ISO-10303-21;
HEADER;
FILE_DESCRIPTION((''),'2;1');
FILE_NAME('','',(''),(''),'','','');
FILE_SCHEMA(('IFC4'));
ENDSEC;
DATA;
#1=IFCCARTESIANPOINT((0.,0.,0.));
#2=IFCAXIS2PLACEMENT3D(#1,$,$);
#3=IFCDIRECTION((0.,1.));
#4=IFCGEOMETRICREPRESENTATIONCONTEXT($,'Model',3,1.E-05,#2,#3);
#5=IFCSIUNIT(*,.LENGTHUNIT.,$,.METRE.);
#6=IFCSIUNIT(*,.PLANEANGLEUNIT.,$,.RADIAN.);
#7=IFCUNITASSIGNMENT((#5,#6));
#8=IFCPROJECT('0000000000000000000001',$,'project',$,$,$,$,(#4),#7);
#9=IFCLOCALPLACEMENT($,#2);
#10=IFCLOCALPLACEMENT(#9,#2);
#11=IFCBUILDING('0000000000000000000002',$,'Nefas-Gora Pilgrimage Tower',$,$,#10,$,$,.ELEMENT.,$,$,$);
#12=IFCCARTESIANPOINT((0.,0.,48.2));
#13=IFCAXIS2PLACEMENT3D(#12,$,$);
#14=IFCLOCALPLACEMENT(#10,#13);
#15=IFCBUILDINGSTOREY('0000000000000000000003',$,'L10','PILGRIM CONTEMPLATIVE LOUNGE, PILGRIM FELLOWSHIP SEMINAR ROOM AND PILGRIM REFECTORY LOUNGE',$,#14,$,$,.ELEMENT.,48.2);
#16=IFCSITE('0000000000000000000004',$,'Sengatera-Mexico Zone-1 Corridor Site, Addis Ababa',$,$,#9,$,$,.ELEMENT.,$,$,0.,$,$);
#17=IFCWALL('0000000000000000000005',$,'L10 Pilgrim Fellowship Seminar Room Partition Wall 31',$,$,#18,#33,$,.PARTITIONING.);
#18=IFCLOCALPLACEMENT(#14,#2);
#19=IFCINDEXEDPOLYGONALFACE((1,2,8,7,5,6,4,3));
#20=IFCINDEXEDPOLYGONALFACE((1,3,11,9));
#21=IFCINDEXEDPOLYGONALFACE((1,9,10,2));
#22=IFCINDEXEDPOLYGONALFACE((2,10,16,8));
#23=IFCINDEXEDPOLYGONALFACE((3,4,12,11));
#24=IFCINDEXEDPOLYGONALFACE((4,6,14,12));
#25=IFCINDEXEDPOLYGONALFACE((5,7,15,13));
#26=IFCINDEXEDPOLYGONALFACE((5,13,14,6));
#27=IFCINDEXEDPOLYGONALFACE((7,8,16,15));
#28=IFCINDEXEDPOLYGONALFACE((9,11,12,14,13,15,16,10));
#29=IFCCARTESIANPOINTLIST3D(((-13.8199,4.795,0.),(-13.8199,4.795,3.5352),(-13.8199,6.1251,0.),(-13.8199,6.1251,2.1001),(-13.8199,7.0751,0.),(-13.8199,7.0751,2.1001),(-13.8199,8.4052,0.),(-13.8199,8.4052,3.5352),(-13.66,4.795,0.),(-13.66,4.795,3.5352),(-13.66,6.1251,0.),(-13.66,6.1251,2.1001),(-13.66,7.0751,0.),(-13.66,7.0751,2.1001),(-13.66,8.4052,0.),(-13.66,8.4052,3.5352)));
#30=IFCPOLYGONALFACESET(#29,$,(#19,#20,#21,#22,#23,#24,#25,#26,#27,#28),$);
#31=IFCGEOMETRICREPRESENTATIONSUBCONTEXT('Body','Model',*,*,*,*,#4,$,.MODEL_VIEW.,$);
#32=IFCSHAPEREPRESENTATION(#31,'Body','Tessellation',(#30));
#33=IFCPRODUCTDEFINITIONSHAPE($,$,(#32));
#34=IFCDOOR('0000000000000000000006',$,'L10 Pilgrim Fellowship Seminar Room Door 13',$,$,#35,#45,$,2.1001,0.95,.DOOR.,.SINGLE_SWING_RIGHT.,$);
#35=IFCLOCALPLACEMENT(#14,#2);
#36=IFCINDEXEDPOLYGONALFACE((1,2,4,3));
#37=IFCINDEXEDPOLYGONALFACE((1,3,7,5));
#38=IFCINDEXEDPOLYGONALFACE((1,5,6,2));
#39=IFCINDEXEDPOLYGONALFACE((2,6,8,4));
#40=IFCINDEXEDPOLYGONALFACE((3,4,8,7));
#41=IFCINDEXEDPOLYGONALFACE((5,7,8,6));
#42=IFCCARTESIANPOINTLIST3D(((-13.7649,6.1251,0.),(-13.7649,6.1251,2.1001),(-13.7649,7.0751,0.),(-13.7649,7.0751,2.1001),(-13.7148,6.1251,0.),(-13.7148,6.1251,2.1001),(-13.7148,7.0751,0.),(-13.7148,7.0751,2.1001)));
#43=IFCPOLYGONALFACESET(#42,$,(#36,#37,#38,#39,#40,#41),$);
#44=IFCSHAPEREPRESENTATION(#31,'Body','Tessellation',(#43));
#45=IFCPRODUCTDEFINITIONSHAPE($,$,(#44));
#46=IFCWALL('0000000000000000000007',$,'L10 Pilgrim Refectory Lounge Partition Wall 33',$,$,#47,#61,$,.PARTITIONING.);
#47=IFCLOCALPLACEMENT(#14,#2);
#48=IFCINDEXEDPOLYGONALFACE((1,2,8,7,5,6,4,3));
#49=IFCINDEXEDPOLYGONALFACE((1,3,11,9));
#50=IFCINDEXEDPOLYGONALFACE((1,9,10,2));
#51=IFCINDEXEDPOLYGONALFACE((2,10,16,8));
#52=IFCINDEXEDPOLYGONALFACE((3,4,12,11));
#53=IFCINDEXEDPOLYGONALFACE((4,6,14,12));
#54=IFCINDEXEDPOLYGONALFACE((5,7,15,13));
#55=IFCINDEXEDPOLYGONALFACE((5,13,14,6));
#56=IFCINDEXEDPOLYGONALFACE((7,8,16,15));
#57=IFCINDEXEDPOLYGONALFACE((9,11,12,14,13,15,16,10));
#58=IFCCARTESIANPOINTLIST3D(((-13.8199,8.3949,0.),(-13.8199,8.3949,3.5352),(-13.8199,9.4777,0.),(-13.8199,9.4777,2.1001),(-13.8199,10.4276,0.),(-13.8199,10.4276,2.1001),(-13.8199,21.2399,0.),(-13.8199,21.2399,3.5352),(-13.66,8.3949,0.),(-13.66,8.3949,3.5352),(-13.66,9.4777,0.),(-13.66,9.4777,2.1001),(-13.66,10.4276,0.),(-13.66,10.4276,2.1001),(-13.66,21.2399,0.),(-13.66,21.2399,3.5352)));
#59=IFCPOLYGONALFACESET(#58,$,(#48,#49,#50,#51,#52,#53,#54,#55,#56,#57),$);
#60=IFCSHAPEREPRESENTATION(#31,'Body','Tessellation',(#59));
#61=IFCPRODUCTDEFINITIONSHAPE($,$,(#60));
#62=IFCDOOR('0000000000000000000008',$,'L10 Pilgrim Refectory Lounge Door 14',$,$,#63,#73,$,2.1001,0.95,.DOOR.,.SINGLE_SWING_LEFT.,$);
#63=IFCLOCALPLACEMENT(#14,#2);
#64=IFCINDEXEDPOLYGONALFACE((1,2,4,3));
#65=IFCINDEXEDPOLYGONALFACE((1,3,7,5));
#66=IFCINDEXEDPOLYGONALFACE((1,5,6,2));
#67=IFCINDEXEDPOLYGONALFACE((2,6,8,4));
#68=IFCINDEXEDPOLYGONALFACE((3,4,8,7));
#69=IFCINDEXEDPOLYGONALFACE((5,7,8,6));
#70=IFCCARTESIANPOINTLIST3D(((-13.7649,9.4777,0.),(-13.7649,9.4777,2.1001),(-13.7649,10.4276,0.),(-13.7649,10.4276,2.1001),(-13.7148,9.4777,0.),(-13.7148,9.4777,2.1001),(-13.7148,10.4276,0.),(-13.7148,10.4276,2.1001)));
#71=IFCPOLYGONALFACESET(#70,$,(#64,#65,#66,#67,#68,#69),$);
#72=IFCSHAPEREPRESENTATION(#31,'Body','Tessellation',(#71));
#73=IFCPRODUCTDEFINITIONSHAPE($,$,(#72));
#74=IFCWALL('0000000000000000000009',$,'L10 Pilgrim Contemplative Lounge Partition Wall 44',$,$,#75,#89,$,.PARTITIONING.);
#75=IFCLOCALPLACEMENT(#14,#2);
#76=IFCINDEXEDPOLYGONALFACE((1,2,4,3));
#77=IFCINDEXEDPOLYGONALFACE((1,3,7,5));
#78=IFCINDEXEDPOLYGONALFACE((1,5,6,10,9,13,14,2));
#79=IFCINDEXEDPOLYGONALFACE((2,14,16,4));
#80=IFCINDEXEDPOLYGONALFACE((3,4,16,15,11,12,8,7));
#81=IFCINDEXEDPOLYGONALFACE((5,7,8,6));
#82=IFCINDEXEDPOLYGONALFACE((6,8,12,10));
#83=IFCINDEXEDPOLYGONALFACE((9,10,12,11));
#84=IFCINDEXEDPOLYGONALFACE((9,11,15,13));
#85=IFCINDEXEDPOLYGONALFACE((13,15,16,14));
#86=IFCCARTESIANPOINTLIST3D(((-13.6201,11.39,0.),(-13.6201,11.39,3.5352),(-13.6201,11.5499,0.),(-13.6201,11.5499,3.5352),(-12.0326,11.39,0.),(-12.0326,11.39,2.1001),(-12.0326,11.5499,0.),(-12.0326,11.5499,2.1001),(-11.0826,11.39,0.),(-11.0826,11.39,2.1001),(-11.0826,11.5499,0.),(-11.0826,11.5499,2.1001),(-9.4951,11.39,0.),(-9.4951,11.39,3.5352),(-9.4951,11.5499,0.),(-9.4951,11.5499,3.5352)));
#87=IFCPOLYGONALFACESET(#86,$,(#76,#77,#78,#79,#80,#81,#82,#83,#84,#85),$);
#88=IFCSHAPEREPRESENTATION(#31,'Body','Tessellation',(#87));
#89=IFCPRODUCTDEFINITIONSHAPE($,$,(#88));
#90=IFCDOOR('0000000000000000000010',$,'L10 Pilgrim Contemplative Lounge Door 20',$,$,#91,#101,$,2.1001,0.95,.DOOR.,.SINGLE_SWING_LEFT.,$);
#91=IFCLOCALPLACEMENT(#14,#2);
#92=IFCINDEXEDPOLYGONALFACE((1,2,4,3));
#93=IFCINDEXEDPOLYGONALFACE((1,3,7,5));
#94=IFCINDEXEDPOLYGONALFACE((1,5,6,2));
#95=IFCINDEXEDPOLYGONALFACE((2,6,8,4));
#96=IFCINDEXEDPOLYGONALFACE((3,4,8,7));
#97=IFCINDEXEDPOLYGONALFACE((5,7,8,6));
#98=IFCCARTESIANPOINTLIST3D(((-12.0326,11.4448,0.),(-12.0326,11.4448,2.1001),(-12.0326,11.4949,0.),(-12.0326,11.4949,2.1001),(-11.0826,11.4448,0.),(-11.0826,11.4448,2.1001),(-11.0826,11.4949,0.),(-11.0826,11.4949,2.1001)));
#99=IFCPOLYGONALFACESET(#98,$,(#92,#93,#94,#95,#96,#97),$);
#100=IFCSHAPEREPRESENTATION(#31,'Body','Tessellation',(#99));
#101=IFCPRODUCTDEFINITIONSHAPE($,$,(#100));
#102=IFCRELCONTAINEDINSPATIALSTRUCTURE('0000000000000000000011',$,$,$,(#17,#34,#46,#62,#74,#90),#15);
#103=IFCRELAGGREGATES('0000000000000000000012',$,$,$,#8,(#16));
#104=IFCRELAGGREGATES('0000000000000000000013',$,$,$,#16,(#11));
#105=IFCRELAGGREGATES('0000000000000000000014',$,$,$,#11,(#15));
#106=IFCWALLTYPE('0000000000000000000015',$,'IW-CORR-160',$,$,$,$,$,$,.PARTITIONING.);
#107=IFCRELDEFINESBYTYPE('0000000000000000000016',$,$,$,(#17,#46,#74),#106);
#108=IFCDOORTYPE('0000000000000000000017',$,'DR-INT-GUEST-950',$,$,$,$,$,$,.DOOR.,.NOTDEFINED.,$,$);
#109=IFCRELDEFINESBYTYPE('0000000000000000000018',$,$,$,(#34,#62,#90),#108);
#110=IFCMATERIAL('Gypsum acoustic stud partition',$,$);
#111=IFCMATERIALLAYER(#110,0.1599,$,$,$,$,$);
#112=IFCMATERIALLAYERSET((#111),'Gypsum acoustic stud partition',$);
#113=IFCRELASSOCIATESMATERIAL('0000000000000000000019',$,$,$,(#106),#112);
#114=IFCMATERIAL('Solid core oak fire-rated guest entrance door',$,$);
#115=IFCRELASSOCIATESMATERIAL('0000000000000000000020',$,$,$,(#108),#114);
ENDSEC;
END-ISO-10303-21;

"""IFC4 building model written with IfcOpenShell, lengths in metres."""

from ifc_helpers import new_model, si_unit, direction, frame, frame_2d, origin, place, context, subcontext, project, spatial, rectangle, extrude, source, transform, mapped, material, layer, layer_set, type_object, element, fill, save


model = new_model("IFC4")

# Units and contexts
model_context = context("Model", 3, precision=1e-05, world=origin(), true_north=direction((0.0, 1.0)))
body_context = subcontext(model_context, "Body", "Model", "MODEL_VIEW")
ifc_project = project(units=[si_unit("LENGTHUNIT", "METRE"), si_unit("PLANEANGLEUNIT", "RADIAN")], contexts=[model_context])

# Site, building, storey
site_placement = place(None, origin())
site = spatial("IfcSite", under=ifc_project, at=site_placement, Name="Sengatera-Mexico Zone-1 Corridor Site, Addis Ababa", CompositionType="ELEMENT", RefElevation=0.0)
building_placement = place(site_placement, origin())
building = spatial("IfcBuilding", under=site, at=building_placement, Name="Nefas-Gora Pilgrimage Tower", CompositionType="ELEMENT")
storey_placement = place(building_placement, frame((0.0, 0.0, 48.2)))
storey = spatial("IfcBuildingStorey", under=building, at=storey_placement, Name="L10", Description="PILGRIM CONTEMPLATIVE LOUNGE, PILGRIM FELLOWSHIP SEMINAR ROOM AND PILGRIM REFECTORY LOUNGE", CompositionType="ELEMENT", Elevation=48.2)

# Walls, openings, doors
ifc_material_1 = material(Name="Gypsum acoustic stud partition")
ifc_layer_1 = layer(ifc_material_1, 0.1599)
ifc_layer_set_1 = layer_set([ifc_layer_1], Name="Gypsum acoustic stud partition")
wall_type_1 = type_object("IfcWallType", Name="IW-CORR-160", PredefinedType="PARTITIONING", material=ifc_layer_set_1)
shared_shape_1 = source(origin(), body_context, "Body", "SweptSolid", [
    extrude(rectangle(XDim=3.6101, YDim=0.1599, at=frame_2d((1.8052, 0.0))), origin(), (0.0, 0.0, 1.0), 3.5352),
])
wall_1_placement = place(storey_placement, frame((-13.74, 4.7949, 0.0), z_axis=(0.0, 0.0, 1.0), x_axis=(0.0, 1.0, 0.0)))
wall_1 = element("IfcWall", 1, at=wall_1_placement, inside=storey, type_object=wall_type_1, Name="L10 Pilgrim Fellowship Seminar Room Partition Wall 31", PredefinedType="PARTITIONING", context=body_context, shape_type="MappedRepresentation", body=[
    mapped(shared_shape_1, transform((0.0, 0.0, 0.0), x_axis=(1.0, 0.0, 0.0), y_axis=(0.0, 1.0, 0.0), z_axis=(0.0, 0.0, 1.0), scale=1.0)),
])
opening_1_placement = place(wall_1_placement, frame((1.3301, 0.0, 0.0)))
opening_1 = element("IfcOpeningElement", 2, at=opening_1_placement, cuts=wall_1, PredefinedType="OPENING", context=body_context, shape_type="SweptSolid", body=[
    extrude(rectangle(XDim=0.95, YDim=2.1001, at=frame_2d((0.4751, 1.05))), frame((0.0, 0.0898, 0.0), z_axis=(0.0, -1.0, 0.0), x_axis=(1.0, 0.0, 0.0)), (0.0, 0.0, 1.0), 0.1799),
])
ifc_material_2 = material(Name="Solid core oak fire-rated guest entrance door")
door_type = type_object("IfcDoorType", Name="DR-INT-GUEST-950", OperationType="NOTDEFINED", PredefinedType="DOOR", material=ifc_material_2)
shared_shape_2 = source(origin(), body_context, "Body", "SweptSolid", [
    extrude(rectangle(XDim=0.95, YDim=2.1001, at=frame_2d((0.4751, 1.05))), frame((0.0, 0.0249, 0.0), z_axis=(0.0, -1.0, 0.0), x_axis=(1.0, 0.0, 0.0)), (0.0, 0.0, 1.0), 0.05),
])
door_1_placement = place(opening_1_placement, origin())
door_1 = element("IfcDoor", 3, at=door_1_placement, inside=storey, type_object=door_type, Name="L10 Pilgrim Fellowship Seminar Room Door 13", OperationType="SINGLE_SWING_RIGHT", OverallHeight=2.1001, OverallWidth=0.95, PredefinedType="DOOR", context=body_context, shape_type="MappedRepresentation", body=[
    mapped(shared_shape_2, transform((0.0, 0.0, 0.0), x_axis=(1.0, 0.0, 0.0), y_axis=(0.0, 1.0, 0.0), z_axis=(0.0, 0.0, 1.0), scale=1.0)),
])
fill(opening_1, door_1)
shared_shape_3 = source(origin(), body_context, "Body", "SweptSolid", [
    extrude(rectangle(XDim=12.845, YDim=0.1599, at=frame_2d((6.4224, 0.0))), origin(), (0.0, 0.0, 1.0), 3.5352),
])
wall_2_placement = place(storey_placement, frame((-13.74, 8.395, 0.0), z_axis=(0.0, 0.0, 1.0), x_axis=(0.0, 1.0, 0.0)))
wall_2 = element("IfcWall", 4, at=wall_2_placement, inside=storey, type_object=wall_type_1, Name="L10 Pilgrim Refectory Lounge Partition Wall 33", PredefinedType="PARTITIONING", context=body_context, shape_type="MappedRepresentation", body=[
    mapped(shared_shape_3, transform((0.0, 0.0, 0.0), x_axis=(1.0, 0.0, 0.0), y_axis=(0.0, 1.0, 0.0), z_axis=(0.0, 0.0, 1.0), scale=1.0)),
])
opening_2_placement = place(wall_2_placement, frame((1.0825, 0.0, 0.0)))
opening_2 = element("IfcOpeningElement", 5, at=opening_2_placement, cuts=wall_2, PredefinedType="OPENING", context=body_context, shape_type="SweptSolid", body=[
    extrude(rectangle(XDim=0.95, YDim=2.1001, at=frame_2d((0.4751, 1.05))), frame((0.0, 0.0898, 0.0), z_axis=(0.0, -1.0, 0.0), x_axis=(1.0, 0.0, 0.0)), (0.0, 0.0, 1.0), 0.1799),
])
door_2_placement = place(opening_2_placement, origin())
door_2 = element("IfcDoor", 6, at=door_2_placement, inside=storey, type_object=door_type, Name="L10 Pilgrim Refectory Lounge Door 14", OperationType="SINGLE_SWING_LEFT", OverallHeight=2.1001, OverallWidth=0.95, PredefinedType="DOOR", context=body_context, shape_type="MappedRepresentation", body=[
    mapped(shared_shape_2, transform((0.0, 0.0, 0.0), x_axis=(1.0, 0.0, 0.0), y_axis=(0.0, 1.0, 0.0), z_axis=(0.0, 0.0, 1.0), scale=1.0)),
])
fill(opening_2, door_2)
shared_shape_4 = source(origin(), body_context, "Body", "SweptSolid", [
    extrude(rectangle(XDim=4.125, YDim=0.1599, at=frame_2d((2.0625, 0.0))), origin(), (0.0, 0.0, 1.0), 3.5352),
])
wall_3_placement = place(storey_placement, frame((-13.6201, 11.47, 0.0), z_axis=(0.0, 0.0, 1.0), x_axis=(1.0, 0.0, 0.0)))
wall_3 = element("IfcWall", 7, at=wall_3_placement, inside=storey, type_object=wall_type_1, Name="L10 Pilgrim Contemplative Lounge Partition Wall 44", PredefinedType="PARTITIONING", context=body_context, shape_type="MappedRepresentation", body=[
    mapped(shared_shape_4, transform((0.0, 0.0, 0.0), x_axis=(1.0, 0.0, 0.0), y_axis=(0.0, 1.0, 0.0), z_axis=(0.0, 0.0, 1.0), scale=1.0)),
])
opening_3_placement = place(wall_3_placement, frame((1.5874, 0.0, 0.0)))
opening_3 = element("IfcOpeningElement", 8, at=opening_3_placement, cuts=wall_3, PredefinedType="OPENING", context=body_context, shape_type="SweptSolid", body=[
    extrude(rectangle(XDim=0.95, YDim=2.1001, at=frame_2d((0.4751, 1.05))), frame((0.0, 0.0898, 0.0), z_axis=(0.0, -1.0, 0.0), x_axis=(1.0, 0.0, 0.0)), (0.0, 0.0, 1.0), 0.1799),
])
door_3_placement = place(opening_3_placement, origin())
door_3 = element("IfcDoor", 9, at=door_3_placement, inside=storey, type_object=door_type, Name="L10 Pilgrim Contemplative Lounge Door 20", OperationType="SINGLE_SWING_LEFT", OverallHeight=2.1001, OverallWidth=0.95, PredefinedType="DOOR", context=body_context, shape_type="MappedRepresentation", body=[
    mapped(shared_shape_2, transform((0.0, 0.0, 0.0), x_axis=(1.0, 0.0, 0.0), y_axis=(0.0, 1.0, 0.0), z_axis=(0.0, 0.0, 1.0), scale=1.0)),
])
fill(opening_3, door_3)

save(model, "model.ifc")
